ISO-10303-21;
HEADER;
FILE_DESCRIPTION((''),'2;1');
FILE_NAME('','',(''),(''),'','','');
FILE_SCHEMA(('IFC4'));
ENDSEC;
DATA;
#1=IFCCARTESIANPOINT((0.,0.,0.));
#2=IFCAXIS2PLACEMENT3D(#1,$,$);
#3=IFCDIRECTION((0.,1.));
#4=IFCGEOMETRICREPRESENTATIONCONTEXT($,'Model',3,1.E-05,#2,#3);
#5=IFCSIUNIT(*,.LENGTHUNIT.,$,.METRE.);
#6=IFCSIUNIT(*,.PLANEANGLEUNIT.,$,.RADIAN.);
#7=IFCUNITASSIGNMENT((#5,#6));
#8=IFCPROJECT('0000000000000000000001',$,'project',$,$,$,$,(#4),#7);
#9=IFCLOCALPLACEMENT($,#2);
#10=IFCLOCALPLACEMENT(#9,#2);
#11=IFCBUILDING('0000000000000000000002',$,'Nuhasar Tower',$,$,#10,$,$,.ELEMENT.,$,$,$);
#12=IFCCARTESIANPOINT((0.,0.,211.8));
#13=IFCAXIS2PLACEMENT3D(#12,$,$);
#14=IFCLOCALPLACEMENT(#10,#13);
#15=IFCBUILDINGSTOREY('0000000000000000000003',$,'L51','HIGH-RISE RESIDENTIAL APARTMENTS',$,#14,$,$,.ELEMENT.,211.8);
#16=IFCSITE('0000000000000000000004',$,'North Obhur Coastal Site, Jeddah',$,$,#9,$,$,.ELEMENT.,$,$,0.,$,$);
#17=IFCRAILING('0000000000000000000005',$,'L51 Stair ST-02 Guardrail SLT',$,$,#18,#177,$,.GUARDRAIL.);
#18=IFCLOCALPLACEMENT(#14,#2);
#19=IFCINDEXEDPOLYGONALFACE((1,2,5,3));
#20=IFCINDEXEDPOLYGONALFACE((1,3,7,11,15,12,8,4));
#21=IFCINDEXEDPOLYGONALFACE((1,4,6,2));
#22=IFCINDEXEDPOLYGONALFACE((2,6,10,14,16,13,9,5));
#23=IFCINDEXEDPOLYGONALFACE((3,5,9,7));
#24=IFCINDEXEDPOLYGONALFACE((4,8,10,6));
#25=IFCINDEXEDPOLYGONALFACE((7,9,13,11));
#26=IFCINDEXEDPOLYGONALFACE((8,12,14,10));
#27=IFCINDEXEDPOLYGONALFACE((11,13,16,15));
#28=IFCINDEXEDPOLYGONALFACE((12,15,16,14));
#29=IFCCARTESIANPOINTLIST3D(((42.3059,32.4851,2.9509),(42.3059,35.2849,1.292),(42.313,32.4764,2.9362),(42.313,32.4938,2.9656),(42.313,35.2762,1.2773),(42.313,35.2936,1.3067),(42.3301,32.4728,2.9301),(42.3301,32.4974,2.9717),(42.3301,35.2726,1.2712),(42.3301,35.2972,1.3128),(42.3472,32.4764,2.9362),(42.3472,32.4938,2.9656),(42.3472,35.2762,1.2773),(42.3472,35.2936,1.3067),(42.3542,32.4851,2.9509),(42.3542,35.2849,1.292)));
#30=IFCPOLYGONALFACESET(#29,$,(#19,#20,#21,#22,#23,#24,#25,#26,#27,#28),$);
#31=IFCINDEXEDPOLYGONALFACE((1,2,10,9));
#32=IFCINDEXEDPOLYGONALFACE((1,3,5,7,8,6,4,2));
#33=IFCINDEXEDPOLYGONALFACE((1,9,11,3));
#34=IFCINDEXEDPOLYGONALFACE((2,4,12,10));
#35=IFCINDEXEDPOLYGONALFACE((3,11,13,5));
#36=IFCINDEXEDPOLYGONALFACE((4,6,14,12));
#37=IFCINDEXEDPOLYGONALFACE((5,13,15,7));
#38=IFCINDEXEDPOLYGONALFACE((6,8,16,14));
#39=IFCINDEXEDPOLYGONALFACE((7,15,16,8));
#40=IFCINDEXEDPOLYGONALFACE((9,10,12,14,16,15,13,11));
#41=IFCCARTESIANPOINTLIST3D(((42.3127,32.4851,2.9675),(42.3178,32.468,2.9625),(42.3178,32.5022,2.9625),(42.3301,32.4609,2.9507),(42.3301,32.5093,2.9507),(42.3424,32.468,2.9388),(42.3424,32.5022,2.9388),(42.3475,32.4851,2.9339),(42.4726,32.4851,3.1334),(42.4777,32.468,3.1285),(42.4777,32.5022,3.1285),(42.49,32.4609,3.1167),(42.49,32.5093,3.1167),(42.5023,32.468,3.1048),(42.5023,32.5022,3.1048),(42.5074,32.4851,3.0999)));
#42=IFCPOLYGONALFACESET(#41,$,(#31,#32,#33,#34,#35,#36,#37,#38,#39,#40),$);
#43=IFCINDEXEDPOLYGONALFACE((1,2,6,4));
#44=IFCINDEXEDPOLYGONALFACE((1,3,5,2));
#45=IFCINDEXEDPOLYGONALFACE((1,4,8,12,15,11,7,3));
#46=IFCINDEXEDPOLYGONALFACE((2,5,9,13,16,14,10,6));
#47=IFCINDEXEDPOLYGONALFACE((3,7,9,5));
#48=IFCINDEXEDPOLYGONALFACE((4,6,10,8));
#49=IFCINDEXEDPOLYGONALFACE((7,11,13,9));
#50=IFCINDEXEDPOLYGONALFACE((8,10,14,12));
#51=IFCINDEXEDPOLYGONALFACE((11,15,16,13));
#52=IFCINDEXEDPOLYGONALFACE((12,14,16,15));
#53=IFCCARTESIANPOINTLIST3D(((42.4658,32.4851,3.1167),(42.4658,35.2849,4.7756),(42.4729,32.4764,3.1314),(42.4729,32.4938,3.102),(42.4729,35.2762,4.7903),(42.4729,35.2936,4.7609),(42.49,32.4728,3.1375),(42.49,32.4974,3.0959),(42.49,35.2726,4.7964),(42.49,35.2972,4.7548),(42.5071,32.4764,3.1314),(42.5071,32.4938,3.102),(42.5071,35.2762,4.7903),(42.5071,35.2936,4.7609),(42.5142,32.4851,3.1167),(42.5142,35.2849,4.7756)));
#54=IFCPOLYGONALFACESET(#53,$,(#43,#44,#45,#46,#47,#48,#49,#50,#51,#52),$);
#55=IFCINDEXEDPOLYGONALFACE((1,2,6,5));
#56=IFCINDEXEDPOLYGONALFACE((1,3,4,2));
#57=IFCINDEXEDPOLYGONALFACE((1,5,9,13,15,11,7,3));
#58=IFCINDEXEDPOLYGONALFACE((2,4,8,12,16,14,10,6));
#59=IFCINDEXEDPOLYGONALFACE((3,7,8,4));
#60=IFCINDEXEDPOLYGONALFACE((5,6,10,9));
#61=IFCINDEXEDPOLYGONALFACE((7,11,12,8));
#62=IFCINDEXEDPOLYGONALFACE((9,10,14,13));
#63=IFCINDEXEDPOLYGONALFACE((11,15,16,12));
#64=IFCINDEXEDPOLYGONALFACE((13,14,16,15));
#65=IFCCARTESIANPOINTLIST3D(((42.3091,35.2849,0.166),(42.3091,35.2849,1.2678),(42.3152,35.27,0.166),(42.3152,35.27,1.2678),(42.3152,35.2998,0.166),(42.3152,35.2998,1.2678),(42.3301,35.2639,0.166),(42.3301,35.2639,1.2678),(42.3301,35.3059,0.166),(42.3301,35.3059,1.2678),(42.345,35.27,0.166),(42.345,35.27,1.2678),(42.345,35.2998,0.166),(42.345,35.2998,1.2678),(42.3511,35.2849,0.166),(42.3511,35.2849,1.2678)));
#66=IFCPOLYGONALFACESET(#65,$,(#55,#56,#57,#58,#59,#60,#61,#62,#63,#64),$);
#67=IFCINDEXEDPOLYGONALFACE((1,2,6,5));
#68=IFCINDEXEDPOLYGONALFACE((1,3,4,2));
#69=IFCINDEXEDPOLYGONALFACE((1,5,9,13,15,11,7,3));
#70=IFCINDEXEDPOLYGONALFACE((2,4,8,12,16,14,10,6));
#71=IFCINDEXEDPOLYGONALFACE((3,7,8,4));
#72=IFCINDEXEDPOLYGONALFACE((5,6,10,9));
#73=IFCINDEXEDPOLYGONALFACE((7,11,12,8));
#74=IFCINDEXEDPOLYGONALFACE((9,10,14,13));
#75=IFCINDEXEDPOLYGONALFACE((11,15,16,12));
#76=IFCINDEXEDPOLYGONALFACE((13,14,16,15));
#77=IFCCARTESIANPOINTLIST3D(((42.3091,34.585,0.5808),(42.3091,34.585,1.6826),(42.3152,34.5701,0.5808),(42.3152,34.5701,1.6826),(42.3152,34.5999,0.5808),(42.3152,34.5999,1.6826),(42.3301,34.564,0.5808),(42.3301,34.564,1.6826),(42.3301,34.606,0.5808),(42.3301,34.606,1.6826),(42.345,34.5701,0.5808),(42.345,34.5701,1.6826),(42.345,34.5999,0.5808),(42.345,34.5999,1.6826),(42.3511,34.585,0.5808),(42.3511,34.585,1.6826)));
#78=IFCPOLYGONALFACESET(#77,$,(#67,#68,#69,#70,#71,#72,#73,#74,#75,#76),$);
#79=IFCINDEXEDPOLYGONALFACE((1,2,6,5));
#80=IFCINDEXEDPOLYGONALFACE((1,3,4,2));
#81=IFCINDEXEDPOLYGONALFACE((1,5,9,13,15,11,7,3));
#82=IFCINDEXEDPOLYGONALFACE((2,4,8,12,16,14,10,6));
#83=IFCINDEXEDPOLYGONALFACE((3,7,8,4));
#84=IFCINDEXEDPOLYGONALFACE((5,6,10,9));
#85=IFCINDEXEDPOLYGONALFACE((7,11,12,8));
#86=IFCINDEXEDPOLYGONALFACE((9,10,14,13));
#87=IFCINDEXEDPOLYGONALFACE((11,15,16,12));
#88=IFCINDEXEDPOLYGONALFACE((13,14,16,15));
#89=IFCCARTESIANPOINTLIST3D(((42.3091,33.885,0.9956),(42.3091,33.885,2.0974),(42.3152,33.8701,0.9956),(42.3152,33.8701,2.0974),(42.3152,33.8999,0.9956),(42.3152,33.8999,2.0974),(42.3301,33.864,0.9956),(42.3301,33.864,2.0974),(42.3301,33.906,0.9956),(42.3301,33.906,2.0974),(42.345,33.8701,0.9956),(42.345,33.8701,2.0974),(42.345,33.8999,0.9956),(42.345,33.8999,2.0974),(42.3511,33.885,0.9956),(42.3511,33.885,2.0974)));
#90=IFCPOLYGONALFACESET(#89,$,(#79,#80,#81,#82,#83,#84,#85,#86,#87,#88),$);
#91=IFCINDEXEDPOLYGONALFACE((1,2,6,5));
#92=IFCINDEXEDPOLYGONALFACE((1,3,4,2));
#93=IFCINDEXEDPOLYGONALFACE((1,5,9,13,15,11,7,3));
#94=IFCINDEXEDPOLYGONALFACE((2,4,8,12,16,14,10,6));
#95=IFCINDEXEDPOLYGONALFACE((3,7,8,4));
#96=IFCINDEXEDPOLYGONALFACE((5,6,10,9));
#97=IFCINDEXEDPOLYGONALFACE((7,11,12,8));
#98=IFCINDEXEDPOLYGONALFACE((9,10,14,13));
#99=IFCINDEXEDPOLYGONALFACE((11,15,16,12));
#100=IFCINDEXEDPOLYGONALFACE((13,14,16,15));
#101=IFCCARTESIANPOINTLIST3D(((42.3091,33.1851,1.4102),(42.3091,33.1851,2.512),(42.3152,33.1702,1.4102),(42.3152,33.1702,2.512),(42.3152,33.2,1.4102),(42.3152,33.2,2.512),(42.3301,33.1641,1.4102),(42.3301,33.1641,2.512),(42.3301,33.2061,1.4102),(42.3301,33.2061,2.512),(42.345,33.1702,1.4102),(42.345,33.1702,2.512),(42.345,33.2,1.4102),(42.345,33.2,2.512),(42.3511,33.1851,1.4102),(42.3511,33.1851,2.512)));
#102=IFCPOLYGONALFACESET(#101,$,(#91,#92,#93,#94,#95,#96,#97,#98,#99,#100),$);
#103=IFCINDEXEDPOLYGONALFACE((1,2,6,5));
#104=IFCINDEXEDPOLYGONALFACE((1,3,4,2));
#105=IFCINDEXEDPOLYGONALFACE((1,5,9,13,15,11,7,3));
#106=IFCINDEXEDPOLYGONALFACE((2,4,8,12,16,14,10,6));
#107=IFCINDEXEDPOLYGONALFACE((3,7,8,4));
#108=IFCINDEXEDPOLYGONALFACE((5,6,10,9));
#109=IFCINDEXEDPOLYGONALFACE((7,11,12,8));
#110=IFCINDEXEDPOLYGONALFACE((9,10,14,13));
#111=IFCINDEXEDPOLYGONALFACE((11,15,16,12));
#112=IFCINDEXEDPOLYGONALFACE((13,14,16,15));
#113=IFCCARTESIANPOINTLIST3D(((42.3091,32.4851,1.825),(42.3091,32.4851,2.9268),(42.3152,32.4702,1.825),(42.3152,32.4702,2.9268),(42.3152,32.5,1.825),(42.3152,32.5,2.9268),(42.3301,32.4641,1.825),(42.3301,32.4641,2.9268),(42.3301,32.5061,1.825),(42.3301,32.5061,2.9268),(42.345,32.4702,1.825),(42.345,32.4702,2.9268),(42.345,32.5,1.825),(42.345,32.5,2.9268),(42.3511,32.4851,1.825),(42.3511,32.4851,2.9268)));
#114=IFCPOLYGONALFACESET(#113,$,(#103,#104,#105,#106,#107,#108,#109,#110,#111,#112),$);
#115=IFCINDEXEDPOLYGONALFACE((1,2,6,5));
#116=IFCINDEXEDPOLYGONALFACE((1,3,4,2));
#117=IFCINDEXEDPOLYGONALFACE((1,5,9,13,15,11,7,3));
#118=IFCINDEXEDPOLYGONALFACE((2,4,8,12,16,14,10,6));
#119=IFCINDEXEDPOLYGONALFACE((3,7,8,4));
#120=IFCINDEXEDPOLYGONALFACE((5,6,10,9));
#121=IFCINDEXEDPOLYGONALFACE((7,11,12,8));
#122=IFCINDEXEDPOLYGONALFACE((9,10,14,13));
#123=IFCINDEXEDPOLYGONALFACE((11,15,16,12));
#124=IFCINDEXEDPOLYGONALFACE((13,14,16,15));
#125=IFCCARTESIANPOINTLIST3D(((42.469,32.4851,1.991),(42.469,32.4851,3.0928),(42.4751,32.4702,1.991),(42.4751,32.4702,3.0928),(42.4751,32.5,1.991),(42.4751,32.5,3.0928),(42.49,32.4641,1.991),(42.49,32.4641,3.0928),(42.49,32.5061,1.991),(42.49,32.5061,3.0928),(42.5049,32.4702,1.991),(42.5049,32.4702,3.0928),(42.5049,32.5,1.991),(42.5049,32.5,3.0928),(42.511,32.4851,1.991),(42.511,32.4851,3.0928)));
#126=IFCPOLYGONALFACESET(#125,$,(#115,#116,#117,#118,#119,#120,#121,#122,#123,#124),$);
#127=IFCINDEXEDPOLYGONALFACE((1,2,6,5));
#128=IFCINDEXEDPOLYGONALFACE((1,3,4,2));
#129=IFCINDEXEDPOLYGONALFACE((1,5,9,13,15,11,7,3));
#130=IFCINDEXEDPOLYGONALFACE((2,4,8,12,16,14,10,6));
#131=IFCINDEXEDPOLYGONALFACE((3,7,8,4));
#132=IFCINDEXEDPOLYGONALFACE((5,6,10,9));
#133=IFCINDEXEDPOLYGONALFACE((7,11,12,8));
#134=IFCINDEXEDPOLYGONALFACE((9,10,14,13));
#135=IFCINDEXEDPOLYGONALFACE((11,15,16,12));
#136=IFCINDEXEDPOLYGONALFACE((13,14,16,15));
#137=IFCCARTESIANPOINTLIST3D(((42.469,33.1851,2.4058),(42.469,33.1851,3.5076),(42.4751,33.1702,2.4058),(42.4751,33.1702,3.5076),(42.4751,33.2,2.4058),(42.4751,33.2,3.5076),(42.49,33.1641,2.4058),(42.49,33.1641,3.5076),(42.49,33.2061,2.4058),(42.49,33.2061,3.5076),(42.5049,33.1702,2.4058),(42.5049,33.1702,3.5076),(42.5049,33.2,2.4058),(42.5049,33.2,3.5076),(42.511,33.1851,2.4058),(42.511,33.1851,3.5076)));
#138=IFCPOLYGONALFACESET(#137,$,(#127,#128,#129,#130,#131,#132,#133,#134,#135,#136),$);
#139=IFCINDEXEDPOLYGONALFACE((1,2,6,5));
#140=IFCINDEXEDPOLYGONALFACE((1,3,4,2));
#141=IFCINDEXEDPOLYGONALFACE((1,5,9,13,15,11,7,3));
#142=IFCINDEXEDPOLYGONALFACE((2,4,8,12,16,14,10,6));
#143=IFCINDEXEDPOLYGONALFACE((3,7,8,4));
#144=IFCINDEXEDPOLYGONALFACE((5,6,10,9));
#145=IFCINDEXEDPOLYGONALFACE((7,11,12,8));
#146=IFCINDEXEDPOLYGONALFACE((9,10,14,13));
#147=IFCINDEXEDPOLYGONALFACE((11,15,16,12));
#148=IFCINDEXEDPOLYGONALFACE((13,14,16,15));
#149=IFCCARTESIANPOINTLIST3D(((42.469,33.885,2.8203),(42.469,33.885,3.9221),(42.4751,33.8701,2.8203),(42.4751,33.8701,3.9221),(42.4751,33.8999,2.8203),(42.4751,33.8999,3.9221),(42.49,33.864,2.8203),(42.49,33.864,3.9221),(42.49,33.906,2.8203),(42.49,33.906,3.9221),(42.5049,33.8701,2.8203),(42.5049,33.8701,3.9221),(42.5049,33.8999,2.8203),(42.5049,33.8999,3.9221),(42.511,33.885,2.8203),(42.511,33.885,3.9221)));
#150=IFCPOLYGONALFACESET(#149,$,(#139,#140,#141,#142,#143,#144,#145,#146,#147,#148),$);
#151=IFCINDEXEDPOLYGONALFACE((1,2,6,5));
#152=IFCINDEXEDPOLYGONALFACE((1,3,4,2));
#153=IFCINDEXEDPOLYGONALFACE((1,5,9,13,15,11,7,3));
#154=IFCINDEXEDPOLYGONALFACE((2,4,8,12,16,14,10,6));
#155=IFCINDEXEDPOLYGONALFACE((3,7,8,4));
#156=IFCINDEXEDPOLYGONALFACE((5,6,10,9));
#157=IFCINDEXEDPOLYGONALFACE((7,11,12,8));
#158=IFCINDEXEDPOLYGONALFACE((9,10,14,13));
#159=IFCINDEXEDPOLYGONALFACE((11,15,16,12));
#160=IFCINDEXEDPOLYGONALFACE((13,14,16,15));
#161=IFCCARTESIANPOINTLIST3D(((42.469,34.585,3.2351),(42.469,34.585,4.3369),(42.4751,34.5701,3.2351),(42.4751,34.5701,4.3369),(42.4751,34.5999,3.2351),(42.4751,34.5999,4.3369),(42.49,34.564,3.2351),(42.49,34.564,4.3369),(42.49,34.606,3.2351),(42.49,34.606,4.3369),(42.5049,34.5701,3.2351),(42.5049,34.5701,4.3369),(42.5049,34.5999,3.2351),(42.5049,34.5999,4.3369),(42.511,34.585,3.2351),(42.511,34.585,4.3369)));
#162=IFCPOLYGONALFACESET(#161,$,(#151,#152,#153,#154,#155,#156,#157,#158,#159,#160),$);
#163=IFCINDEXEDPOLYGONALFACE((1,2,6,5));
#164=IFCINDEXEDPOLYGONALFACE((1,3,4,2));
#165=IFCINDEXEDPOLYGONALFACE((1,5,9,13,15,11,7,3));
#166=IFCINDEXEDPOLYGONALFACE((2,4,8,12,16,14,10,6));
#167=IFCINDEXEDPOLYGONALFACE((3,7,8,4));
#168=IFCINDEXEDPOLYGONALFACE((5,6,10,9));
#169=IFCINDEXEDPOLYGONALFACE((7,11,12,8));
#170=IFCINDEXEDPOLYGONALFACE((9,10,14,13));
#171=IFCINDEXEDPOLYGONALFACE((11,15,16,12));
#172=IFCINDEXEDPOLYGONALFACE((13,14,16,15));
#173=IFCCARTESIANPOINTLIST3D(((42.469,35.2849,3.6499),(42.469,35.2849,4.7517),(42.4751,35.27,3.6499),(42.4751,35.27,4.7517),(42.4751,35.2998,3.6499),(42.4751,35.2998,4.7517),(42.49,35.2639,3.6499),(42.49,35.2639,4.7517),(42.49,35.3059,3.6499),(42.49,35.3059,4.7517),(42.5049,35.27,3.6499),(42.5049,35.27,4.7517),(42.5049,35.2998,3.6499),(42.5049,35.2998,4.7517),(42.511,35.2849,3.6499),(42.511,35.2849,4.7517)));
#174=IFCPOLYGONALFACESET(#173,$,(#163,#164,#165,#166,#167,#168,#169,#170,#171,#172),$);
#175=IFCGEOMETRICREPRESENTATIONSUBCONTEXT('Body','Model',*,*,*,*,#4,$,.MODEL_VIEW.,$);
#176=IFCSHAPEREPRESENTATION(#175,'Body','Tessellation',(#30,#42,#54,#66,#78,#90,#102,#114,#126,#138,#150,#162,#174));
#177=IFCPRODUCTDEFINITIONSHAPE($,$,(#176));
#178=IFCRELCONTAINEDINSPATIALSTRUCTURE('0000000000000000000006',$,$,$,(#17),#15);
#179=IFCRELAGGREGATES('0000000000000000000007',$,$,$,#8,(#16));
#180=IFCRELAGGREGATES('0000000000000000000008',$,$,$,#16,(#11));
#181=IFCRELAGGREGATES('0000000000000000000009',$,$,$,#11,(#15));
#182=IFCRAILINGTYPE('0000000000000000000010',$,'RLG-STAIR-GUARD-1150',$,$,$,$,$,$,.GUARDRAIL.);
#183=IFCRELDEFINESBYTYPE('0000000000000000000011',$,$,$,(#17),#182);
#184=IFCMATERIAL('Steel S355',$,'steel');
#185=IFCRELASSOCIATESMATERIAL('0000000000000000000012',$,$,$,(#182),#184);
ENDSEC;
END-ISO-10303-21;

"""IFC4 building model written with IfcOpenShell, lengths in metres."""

from ifc_helpers import new_model, si_unit, direction, frame, origin, place, context, subcontext, project, spatial, polyline, outline, extrude, material, type_object, element, save


model = new_model("IFC4")

# Units and contexts
model_context = context("Model", 3, precision=1e-05, world=origin(), true_north=direction((0.0, 1.0)))
body_context = subcontext(model_context, "Body", "Model", "MODEL_VIEW")
ifc_project = project(units=[si_unit("LENGTHUNIT", "METRE"), si_unit("PLANEANGLEUNIT", "RADIAN")], contexts=[model_context])

# Site, building, storey
site_placement = place(None, origin())
site = spatial("IfcSite", under=ifc_project, at=site_placement, Name="North Obhur Coastal Site, Jeddah", CompositionType="ELEMENT", RefElevation=0.0)
building_placement = place(site_placement, origin())
building = spatial("IfcBuilding", under=site, at=building_placement, Name="Nuhasar Tower", CompositionType="ELEMENT")
storey_placement = place(building_placement, frame((0.0, 0.0, 211.8)))
storey = spatial("IfcBuildingStorey", under=building, at=storey_placement, Name="L51", Description="HIGH-RISE RESIDENTIAL APARTMENTS", CompositionType="ELEMENT", Elevation=211.8)

# Shared definitions
ifc_material_1 = material(Name="Steel S355", Category="steel")

# Railing
railing_type_1 = type_object("IfcRailingType", Name="RLG-STAIR-GUARD-1150", PredefinedType="GUARDRAIL", material=ifc_material_1)
railing_1_placement = place(storey_placement, frame((42.3301, 35.2849, 0.166)))
element("IfcRailing", 1, at=railing_1_placement, inside=storey, type_object=railing_type_1, Name="L51 Stair ST-02 Guardrail SLT", PredefinedType="GUARDRAIL", context=body_context, shape_type="SweptSolid", body=[
    extrude(outline(polyline([(0.0242, 0.0), (0.0171, 0.0171), (0.0, 0.0242), (-0.0171, 0.0171), (-0.0242, 0.0), (-0.0171, -0.0171), (0.0, -0.0242), (0.0171, -0.0171), (0.0242, 0.0)])), frame((0.0, 0.0, 1.126), z_axis=(0.0, -0.86032, 0.509755), x_axis=(1.0, 0.0, 0.0)), (0.0, 0.0, 1.0), 3.2544),
    extrude(outline(polyline([(0.0242, 0.0), (0.0171, 0.0171), (0.0, 0.0242), (-0.0171, 0.0171), (-0.0242, 0.0), (-0.0171, -0.0171), (0.0, -0.0242), (0.0171, -0.0171), (0.0242, 0.0)])), frame((0.0, -2.7998, 2.7847), z_axis=(0.693743, 0.0, 0.720222), x_axis=(0.0, 1.0, 0.0)), (0.0, 0.0, 1.0), 0.2305),
    extrude(outline(polyline([(0.0242, 0.0), (0.0171, 0.0171), (0.0, 0.0242), (-0.0171, 0.0171), (-0.0242, 0.0), (-0.0171, -0.0171), (0.0, -0.0242), (0.0171, -0.0171), (0.0242, 0.0)])), frame((0.1599, -2.7998, 2.9507), z_axis=(0.0, 0.86032, 0.509755), x_axis=(-1.0, 0.0, 0.0)), (0.0, 0.0, 1.0), 3.2544),
    extrude(outline(polyline([(0.021, 0.0), (0.0149, 0.0149), (0.0, 0.021), (-0.0149, 0.0149), (-0.021, 0.0), (-0.0149, -0.0149), (0.0, -0.021), (0.0149, -0.0149), (0.021, 0.0)])), origin(), (0.0, 0.0, 1.0), 1.1018),
    extrude(outline(polyline([(0.021, 0.0), (0.0149, 0.0149), (0.0, 0.021), (-0.0149, 0.0149), (-0.021, 0.0), (-0.0149, -0.0149), (0.0, -0.021), (0.0149, -0.0149), (0.021, 0.0)])), frame((0.0, -0.7, 0.4148)), (0.0, 0.0, 1.0), 1.1018),
    extrude(outline(polyline([(0.021, 0.0), (0.0149, 0.0149), (0.0, 0.021), (-0.0149, 0.0149), (-0.021, 0.0), (-0.0149, -0.0149), (0.0, -0.021), (0.0149, -0.0149), (0.021, 0.0)])), frame((0.0, -1.3999, 0.8296)), (0.0, 0.0, 1.0), 1.1018),
    extrude(outline(polyline([(0.021, 0.0), (0.0149, 0.0149), (0.0, 0.021), (-0.0149, 0.0149), (-0.021, 0.0), (-0.0149, -0.0149), (0.0, -0.021), (0.0149, -0.0149), (0.021, 0.0)])), frame((0.0, -2.0999, 1.2441)), (0.0, 0.0, 1.0), 1.1018),
    extrude(outline(polyline([(0.021, 0.0), (0.0149, 0.0149), (0.0, 0.021), (-0.0149, 0.0149), (-0.021, 0.0), (-0.0149, -0.0149), (0.0, -0.021), (0.0149, -0.0149), (0.021, 0.0)])), frame((0.0, -2.7998, 1.6589)), (0.0, 0.0, 1.0), 1.1018),
    extrude(outline(polyline([(0.021, 0.0), (0.0149, 0.0149), (0.0, 0.021), (-0.0149, 0.0149), (-0.021, 0.0), (-0.0149, -0.0149), (0.0, -0.021), (0.0149, -0.0149), (0.021, 0.0)])), frame((0.1599, -2.7998, 1.825)), (0.0, 0.0, 1.0), 1.1018),
    extrude(outline(polyline([(0.021, 0.0), (0.0149, 0.0149), (0.0, 0.021), (-0.0149, 0.0149), (-0.021, 0.0), (-0.0149, -0.0149), (0.0, -0.021), (0.0149, -0.0149), (0.021, 0.0)])), frame((0.1599, -2.0999, 2.2397)), (0.0, 0.0, 1.0), 1.1018),
    extrude(outline(polyline([(0.021, 0.0), (0.0149, 0.0149), (0.0, 0.021), (-0.0149, 0.0149), (-0.021, 0.0), (-0.0149, -0.0149), (0.0, -0.021), (0.0149, -0.0149), (0.021, 0.0)])), frame((0.1599, -1.3999, 2.6543)), (0.0, 0.0, 1.0), 1.1018),
    extrude(outline(polyline([(0.021, 0.0), (0.0149, 0.0149), (0.0, 0.021), (-0.0149, 0.0149), (-0.021, 0.0), (-0.0149, -0.0149), (0.0, -0.021), (0.0149, -0.0149), (0.021, 0.0)])), frame((0.1599, -0.7, 3.0691)), (0.0, 0.0, 1.0), 1.1018),
    extrude(outline(polyline([(0.021, 0.0), (0.0149, 0.0149), (0.0, 0.021), (-0.0149, 0.0149), (-0.021, 0.0), (-0.0149, -0.0149), (0.0, -0.021), (0.0149, -0.0149), (0.021, 0.0)])), frame((0.1599, 0.0, 3.4839)), (0.0, 0.0, 1.0), 1.1018),
])

save(model, "model.ifc")
